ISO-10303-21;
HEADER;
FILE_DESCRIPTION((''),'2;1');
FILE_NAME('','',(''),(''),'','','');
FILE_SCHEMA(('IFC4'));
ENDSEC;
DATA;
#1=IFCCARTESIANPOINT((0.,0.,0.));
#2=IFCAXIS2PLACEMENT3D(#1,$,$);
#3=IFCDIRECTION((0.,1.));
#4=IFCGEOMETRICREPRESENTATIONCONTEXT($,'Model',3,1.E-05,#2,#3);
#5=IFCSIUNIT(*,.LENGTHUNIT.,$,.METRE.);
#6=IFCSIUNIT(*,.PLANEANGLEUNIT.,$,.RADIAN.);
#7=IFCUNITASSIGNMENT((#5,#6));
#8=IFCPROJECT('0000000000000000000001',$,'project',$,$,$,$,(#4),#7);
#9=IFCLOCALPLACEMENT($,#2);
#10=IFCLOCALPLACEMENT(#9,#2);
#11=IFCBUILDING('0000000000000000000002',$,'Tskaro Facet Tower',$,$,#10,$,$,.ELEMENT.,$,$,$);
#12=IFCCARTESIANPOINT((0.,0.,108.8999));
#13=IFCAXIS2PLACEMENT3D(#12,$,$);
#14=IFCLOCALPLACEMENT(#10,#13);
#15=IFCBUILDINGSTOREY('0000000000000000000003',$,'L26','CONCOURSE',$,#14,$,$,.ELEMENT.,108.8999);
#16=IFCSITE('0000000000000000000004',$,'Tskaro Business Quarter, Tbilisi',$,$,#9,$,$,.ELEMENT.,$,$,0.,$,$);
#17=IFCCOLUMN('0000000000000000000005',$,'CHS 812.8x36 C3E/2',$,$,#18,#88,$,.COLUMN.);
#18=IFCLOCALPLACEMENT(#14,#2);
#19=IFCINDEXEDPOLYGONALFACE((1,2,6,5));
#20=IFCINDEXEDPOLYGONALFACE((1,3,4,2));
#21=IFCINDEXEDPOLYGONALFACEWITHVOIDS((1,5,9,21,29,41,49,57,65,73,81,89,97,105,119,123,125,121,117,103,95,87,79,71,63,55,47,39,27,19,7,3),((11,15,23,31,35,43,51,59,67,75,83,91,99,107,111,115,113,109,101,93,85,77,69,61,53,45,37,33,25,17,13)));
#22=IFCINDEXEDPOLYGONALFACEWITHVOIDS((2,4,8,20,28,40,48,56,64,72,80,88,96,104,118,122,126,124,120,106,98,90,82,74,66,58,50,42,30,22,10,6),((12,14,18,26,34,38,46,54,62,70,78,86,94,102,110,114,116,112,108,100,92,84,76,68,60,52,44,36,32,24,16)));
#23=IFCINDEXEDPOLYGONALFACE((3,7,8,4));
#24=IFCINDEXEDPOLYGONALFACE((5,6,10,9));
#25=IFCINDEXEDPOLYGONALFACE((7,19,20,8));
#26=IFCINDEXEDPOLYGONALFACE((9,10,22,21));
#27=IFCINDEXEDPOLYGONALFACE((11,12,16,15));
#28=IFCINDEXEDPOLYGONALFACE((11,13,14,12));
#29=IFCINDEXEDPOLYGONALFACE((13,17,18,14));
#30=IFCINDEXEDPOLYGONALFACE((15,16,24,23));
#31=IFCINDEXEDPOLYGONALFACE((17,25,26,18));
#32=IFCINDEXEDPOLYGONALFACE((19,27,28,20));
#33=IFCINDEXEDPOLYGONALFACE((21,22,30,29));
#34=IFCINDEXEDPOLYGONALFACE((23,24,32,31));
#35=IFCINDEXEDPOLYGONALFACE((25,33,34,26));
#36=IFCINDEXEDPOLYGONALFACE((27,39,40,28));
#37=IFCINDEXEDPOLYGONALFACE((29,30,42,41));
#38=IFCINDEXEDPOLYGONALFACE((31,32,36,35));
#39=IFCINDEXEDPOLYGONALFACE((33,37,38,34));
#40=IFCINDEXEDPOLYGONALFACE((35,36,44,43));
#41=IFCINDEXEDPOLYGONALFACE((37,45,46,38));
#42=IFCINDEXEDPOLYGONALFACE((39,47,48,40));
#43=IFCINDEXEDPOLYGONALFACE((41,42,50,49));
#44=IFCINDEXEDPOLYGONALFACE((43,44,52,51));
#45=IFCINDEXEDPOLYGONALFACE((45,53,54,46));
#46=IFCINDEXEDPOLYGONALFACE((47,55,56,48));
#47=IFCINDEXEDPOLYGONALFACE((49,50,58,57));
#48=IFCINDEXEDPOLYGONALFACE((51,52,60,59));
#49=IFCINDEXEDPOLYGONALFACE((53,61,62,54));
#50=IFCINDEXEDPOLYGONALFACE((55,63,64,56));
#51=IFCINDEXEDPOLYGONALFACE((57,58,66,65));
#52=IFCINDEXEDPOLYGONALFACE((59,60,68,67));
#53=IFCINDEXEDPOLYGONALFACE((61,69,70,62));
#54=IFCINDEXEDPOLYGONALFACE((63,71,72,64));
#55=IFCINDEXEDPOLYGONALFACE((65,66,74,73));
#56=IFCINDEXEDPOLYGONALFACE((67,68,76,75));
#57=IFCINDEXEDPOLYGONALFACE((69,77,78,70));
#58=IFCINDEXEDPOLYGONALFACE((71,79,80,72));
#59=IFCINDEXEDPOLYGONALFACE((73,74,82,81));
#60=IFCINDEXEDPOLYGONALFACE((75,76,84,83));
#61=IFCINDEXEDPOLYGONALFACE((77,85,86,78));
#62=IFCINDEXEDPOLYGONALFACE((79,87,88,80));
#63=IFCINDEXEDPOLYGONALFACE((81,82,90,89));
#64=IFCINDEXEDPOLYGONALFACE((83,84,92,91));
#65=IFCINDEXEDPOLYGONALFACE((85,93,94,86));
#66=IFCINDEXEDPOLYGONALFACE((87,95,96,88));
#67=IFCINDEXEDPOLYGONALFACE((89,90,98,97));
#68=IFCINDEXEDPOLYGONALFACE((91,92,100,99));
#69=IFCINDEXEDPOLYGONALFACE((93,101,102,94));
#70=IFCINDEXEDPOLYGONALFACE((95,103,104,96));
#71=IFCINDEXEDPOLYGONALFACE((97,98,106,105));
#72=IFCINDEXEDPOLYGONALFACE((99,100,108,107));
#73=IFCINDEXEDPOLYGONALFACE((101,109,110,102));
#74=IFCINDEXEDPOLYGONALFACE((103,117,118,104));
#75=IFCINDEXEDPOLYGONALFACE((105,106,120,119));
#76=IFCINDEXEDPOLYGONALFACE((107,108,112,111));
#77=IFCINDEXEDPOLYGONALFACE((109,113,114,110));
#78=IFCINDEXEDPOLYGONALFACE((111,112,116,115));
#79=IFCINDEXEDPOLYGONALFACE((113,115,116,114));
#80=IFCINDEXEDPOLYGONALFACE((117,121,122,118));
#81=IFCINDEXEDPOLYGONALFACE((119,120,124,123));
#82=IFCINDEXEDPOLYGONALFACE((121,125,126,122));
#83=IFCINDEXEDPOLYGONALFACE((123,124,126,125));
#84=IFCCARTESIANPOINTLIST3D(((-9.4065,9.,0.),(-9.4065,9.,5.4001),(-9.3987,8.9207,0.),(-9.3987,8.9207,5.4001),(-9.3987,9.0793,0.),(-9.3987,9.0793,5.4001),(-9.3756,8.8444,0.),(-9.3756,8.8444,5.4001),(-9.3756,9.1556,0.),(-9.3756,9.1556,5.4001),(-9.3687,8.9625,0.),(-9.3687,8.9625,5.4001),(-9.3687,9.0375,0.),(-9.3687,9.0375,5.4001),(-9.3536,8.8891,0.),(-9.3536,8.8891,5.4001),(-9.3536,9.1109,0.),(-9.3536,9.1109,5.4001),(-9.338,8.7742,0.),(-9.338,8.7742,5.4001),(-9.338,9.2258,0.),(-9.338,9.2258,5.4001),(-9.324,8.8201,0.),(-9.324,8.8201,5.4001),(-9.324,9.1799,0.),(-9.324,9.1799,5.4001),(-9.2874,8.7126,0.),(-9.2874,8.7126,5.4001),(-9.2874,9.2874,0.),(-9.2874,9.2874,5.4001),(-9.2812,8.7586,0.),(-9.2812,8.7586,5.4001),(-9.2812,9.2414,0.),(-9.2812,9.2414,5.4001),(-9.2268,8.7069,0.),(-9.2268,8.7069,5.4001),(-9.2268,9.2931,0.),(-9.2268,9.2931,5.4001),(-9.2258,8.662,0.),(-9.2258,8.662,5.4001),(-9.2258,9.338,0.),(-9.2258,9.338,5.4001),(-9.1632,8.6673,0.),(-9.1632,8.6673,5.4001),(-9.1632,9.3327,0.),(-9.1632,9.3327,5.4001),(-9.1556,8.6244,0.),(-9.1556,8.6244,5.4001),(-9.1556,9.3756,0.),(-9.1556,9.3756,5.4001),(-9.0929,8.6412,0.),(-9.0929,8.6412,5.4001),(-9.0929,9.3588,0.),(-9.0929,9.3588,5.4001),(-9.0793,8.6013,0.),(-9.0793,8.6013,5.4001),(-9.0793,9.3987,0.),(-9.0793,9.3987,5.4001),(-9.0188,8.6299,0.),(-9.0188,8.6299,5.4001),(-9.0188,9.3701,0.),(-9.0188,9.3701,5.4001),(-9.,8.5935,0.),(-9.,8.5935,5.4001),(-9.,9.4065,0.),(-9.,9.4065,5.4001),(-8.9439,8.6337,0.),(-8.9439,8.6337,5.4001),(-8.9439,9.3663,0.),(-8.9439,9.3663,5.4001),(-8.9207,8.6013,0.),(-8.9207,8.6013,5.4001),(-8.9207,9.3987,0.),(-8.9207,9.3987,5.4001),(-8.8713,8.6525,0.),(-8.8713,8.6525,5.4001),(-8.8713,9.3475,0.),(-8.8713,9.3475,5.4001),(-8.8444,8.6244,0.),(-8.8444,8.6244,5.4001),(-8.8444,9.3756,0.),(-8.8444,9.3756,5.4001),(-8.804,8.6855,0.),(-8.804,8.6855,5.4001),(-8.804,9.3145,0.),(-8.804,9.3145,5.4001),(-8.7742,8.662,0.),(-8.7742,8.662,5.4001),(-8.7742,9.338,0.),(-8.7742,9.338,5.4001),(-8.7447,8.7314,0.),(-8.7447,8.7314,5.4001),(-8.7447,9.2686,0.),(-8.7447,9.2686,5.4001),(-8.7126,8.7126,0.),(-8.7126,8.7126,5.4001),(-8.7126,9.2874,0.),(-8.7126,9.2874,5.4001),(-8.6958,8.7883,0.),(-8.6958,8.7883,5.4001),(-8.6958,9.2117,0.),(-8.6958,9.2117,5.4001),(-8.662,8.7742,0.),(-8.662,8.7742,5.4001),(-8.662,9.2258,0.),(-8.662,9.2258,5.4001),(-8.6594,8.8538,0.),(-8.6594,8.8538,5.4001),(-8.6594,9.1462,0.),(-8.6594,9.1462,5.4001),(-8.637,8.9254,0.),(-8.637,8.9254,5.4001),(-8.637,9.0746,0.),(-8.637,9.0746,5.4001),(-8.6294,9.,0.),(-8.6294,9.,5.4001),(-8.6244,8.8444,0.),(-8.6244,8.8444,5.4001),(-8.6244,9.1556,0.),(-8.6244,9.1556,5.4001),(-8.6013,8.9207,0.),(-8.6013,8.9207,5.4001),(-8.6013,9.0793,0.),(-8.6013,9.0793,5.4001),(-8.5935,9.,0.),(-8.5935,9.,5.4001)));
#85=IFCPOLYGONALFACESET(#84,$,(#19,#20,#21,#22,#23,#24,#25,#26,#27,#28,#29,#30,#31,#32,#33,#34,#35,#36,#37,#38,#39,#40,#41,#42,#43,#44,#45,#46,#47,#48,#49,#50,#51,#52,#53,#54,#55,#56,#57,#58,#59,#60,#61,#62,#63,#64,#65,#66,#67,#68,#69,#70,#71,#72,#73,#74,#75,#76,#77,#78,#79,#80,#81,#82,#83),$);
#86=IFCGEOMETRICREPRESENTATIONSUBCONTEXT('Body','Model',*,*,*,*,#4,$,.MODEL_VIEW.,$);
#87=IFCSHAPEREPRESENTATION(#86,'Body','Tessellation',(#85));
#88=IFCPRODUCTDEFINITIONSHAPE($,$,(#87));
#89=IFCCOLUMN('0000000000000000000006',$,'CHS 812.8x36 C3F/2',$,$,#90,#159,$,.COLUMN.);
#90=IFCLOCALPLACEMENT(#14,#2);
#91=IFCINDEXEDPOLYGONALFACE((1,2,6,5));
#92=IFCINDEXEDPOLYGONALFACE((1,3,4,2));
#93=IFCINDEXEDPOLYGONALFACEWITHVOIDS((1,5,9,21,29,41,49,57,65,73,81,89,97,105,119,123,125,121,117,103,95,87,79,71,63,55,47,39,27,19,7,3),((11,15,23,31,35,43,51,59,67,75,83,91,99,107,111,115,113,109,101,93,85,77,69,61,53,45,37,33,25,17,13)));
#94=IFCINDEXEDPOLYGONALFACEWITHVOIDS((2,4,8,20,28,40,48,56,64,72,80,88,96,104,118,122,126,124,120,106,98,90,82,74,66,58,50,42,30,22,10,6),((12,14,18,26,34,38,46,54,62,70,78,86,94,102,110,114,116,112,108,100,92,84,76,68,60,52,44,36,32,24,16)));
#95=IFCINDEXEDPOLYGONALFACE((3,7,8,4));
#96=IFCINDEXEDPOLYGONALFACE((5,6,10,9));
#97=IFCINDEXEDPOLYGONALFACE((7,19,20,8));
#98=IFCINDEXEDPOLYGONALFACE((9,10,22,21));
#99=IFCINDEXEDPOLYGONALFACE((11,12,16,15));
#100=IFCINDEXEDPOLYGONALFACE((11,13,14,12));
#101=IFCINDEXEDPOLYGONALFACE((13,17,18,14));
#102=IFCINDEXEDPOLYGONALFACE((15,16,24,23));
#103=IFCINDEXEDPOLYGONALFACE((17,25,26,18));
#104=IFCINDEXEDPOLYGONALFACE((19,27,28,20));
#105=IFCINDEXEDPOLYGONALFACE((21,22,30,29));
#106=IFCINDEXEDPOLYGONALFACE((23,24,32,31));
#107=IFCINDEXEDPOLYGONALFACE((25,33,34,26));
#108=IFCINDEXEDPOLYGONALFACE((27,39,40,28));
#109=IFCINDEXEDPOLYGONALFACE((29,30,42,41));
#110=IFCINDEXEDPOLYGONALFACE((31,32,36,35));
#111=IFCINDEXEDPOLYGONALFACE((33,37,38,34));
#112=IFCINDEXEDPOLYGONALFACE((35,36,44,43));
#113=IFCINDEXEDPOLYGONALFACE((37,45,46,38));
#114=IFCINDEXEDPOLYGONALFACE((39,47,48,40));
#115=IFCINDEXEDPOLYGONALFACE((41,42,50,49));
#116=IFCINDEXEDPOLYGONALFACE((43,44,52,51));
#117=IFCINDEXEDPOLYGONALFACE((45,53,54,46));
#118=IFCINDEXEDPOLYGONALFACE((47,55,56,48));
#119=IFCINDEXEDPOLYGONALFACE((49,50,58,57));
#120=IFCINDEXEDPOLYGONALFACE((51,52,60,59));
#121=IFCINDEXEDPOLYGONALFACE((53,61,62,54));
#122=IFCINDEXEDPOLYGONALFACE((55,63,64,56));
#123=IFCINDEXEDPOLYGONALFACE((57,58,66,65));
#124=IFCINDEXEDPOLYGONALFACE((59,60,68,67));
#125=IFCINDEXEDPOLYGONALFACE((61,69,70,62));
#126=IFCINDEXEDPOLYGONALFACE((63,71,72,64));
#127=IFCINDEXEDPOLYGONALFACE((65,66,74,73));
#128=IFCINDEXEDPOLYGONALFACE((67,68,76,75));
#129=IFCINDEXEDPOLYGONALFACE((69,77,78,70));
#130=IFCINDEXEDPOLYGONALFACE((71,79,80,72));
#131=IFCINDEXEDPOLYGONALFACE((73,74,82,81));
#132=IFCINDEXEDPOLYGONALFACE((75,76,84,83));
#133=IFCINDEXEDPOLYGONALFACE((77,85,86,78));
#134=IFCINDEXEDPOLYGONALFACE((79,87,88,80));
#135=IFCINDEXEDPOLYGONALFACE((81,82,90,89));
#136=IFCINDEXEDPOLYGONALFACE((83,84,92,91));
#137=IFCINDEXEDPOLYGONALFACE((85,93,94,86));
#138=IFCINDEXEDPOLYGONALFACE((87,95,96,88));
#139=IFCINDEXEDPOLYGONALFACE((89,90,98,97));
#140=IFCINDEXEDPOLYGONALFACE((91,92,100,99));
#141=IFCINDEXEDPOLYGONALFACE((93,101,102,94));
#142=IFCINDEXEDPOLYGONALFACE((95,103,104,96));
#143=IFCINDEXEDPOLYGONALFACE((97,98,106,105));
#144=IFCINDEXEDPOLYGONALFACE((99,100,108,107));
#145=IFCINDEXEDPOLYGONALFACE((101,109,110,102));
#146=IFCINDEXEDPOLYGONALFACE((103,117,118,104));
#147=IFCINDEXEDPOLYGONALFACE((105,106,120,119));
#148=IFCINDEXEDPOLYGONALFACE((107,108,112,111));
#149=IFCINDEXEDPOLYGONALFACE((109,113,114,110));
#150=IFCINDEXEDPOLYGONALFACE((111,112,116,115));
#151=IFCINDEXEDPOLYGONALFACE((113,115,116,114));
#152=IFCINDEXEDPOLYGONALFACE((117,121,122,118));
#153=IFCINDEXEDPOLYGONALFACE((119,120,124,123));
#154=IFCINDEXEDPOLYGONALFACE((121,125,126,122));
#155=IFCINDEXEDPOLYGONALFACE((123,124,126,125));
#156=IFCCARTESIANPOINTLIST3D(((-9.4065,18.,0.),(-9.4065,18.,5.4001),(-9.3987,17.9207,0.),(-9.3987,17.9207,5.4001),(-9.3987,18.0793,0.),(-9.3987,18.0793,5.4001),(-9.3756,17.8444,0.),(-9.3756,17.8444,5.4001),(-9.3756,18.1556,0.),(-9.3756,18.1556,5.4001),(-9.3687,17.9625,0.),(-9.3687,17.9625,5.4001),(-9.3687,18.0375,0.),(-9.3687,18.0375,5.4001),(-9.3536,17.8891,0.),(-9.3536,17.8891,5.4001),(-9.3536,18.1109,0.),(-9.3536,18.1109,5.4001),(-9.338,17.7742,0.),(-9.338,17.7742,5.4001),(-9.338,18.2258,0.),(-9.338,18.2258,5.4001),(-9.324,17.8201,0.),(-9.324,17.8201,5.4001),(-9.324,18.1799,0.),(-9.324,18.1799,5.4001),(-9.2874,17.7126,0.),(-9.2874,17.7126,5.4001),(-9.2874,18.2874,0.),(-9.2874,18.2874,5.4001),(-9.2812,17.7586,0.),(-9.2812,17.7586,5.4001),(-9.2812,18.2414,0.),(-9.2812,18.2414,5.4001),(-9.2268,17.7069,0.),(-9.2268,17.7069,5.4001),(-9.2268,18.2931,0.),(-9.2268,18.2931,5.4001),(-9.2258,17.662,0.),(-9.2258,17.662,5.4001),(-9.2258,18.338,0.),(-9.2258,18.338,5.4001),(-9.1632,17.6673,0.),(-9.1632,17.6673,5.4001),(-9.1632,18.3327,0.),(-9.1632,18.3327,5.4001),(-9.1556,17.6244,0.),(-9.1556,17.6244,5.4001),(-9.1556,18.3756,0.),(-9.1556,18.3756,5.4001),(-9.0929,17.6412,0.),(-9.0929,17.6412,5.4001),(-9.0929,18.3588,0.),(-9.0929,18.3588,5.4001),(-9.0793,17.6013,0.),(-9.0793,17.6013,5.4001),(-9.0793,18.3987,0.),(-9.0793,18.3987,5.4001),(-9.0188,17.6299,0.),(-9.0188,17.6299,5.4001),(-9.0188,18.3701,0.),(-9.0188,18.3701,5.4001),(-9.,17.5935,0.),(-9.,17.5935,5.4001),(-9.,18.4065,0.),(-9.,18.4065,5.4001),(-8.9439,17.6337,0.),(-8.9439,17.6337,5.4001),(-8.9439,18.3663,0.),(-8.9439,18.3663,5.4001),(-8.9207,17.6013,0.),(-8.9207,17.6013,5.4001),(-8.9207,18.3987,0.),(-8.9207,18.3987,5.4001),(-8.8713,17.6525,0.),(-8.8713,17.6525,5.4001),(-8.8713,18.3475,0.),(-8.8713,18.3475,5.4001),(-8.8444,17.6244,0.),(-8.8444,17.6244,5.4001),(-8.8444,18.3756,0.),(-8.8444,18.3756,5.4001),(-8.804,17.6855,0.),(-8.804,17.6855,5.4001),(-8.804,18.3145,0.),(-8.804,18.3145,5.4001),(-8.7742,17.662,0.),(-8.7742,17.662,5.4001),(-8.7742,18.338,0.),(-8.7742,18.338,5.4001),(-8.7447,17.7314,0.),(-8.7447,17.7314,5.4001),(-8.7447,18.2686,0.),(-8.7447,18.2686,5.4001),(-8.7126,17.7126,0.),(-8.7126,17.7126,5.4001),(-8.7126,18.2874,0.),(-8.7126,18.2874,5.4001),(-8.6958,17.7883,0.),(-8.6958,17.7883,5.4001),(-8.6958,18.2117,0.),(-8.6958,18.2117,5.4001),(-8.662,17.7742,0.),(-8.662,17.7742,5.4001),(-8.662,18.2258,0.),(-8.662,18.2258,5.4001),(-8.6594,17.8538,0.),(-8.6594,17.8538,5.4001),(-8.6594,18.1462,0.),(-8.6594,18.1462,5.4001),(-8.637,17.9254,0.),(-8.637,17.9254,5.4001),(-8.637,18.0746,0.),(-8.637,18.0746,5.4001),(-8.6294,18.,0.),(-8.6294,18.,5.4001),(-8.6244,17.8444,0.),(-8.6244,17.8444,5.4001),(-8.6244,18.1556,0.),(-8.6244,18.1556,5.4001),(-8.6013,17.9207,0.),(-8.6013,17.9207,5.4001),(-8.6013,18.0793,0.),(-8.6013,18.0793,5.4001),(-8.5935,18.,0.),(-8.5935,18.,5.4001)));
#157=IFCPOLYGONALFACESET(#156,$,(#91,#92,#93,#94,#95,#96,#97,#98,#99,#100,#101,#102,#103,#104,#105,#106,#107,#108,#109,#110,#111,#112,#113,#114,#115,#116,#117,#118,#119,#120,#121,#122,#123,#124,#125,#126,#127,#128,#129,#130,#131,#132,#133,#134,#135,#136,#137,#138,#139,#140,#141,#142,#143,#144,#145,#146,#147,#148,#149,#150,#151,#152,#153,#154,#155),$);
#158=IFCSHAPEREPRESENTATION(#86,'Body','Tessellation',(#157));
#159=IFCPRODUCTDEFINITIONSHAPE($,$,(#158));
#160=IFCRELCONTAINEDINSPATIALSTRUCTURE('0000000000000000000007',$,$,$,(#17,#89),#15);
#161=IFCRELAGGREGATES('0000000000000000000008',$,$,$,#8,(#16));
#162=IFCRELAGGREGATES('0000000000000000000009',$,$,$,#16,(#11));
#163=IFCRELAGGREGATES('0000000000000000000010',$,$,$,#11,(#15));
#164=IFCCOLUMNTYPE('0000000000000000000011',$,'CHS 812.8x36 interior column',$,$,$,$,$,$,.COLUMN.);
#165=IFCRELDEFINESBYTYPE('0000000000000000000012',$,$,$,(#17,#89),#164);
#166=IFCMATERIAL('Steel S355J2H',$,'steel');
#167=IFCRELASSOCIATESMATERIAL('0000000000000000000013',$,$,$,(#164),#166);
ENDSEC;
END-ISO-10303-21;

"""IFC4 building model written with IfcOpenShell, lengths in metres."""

from ifc_helpers import new_model, si_unit, direction, frame, origin, origin_2d, place, context, subcontext, project, spatial, hollow_circle, extrude, material, material_profile, profile_set, type_object, element, save


model = new_model("IFC4")

# Units and contexts
model_context = context("Model", 3, precision=1e-05, world=origin(), true_north=direction((0.0, 1.0)))
body_context = subcontext(model_context, "Body", "Model", "MODEL_VIEW")
ifc_project = project(units=[si_unit("LENGTHUNIT", "METRE"), si_unit("PLANEANGLEUNIT", "RADIAN")], contexts=[model_context])

# Site, building, storey
site_placement = place(None, origin())
site = spatial("IfcSite", under=ifc_project, at=site_placement, Name="Tskaro Business Quarter, Tbilisi", CompositionType="ELEMENT", RefElevation=0.0)
building_placement = place(site_placement, origin())
building = spatial("IfcBuilding", under=site, at=building_placement, Name="Tskaro Facet Tower", CompositionType="ELEMENT")
storey_placement = place(building_placement, frame((0.0, 0.0, 108.8999)))
storey = spatial("IfcBuildingStorey", under=building, at=storey_placement, Name="L26", Description="CONCOURSE", CompositionType="ELEMENT", Elevation=108.8999)

# Columns
ifc_material_1 = material(Name="Steel S355J2H", Category="steel")
ifc_material_profile_1 = material_profile(ifc_material_1, hollow_circle(Radius=0.4065, WallThickness=0.0359, at=origin_2d()), Name="CHS 812.8x36")
ifc_profile_set_1 = profile_set([ifc_material_profile_1], Name="Steel S355J2H")
column_type_1 = type_object("IfcColumnType", Name="CHS 812.8x36 interior column", PredefinedType="COLUMN", material=ifc_profile_set_1)
for number, where, z_axis, x_axis, name in (
    (1, (-9.0, 9.0, 0.0), (0.0, 0.0, 1.0), (1.0, 0.0, 0.0), "CHS 812.8x36 C3E/2"),
    (2, (-9.0, 18.0, 0.0), (0.0, 0.0, 1.0), (1.0, 0.0, 0.0), "CHS 812.8x36 C3F/2"),
):
    element("IfcColumn", number, at=place(storey_placement, frame(where, z_axis=z_axis, x_axis=x_axis)), inside=storey, type_object=column_type_1, Name=name, PredefinedType="COLUMN", context=body_context, shape_type="SweptSolid", body=[
        extrude(hollow_circle(Radius=0.4065, WallThickness=0.0359, at=origin_2d()), origin(), (0.0, 0.0, 1.0), 5.4001),
    ])

save(model, "model.ifc")
